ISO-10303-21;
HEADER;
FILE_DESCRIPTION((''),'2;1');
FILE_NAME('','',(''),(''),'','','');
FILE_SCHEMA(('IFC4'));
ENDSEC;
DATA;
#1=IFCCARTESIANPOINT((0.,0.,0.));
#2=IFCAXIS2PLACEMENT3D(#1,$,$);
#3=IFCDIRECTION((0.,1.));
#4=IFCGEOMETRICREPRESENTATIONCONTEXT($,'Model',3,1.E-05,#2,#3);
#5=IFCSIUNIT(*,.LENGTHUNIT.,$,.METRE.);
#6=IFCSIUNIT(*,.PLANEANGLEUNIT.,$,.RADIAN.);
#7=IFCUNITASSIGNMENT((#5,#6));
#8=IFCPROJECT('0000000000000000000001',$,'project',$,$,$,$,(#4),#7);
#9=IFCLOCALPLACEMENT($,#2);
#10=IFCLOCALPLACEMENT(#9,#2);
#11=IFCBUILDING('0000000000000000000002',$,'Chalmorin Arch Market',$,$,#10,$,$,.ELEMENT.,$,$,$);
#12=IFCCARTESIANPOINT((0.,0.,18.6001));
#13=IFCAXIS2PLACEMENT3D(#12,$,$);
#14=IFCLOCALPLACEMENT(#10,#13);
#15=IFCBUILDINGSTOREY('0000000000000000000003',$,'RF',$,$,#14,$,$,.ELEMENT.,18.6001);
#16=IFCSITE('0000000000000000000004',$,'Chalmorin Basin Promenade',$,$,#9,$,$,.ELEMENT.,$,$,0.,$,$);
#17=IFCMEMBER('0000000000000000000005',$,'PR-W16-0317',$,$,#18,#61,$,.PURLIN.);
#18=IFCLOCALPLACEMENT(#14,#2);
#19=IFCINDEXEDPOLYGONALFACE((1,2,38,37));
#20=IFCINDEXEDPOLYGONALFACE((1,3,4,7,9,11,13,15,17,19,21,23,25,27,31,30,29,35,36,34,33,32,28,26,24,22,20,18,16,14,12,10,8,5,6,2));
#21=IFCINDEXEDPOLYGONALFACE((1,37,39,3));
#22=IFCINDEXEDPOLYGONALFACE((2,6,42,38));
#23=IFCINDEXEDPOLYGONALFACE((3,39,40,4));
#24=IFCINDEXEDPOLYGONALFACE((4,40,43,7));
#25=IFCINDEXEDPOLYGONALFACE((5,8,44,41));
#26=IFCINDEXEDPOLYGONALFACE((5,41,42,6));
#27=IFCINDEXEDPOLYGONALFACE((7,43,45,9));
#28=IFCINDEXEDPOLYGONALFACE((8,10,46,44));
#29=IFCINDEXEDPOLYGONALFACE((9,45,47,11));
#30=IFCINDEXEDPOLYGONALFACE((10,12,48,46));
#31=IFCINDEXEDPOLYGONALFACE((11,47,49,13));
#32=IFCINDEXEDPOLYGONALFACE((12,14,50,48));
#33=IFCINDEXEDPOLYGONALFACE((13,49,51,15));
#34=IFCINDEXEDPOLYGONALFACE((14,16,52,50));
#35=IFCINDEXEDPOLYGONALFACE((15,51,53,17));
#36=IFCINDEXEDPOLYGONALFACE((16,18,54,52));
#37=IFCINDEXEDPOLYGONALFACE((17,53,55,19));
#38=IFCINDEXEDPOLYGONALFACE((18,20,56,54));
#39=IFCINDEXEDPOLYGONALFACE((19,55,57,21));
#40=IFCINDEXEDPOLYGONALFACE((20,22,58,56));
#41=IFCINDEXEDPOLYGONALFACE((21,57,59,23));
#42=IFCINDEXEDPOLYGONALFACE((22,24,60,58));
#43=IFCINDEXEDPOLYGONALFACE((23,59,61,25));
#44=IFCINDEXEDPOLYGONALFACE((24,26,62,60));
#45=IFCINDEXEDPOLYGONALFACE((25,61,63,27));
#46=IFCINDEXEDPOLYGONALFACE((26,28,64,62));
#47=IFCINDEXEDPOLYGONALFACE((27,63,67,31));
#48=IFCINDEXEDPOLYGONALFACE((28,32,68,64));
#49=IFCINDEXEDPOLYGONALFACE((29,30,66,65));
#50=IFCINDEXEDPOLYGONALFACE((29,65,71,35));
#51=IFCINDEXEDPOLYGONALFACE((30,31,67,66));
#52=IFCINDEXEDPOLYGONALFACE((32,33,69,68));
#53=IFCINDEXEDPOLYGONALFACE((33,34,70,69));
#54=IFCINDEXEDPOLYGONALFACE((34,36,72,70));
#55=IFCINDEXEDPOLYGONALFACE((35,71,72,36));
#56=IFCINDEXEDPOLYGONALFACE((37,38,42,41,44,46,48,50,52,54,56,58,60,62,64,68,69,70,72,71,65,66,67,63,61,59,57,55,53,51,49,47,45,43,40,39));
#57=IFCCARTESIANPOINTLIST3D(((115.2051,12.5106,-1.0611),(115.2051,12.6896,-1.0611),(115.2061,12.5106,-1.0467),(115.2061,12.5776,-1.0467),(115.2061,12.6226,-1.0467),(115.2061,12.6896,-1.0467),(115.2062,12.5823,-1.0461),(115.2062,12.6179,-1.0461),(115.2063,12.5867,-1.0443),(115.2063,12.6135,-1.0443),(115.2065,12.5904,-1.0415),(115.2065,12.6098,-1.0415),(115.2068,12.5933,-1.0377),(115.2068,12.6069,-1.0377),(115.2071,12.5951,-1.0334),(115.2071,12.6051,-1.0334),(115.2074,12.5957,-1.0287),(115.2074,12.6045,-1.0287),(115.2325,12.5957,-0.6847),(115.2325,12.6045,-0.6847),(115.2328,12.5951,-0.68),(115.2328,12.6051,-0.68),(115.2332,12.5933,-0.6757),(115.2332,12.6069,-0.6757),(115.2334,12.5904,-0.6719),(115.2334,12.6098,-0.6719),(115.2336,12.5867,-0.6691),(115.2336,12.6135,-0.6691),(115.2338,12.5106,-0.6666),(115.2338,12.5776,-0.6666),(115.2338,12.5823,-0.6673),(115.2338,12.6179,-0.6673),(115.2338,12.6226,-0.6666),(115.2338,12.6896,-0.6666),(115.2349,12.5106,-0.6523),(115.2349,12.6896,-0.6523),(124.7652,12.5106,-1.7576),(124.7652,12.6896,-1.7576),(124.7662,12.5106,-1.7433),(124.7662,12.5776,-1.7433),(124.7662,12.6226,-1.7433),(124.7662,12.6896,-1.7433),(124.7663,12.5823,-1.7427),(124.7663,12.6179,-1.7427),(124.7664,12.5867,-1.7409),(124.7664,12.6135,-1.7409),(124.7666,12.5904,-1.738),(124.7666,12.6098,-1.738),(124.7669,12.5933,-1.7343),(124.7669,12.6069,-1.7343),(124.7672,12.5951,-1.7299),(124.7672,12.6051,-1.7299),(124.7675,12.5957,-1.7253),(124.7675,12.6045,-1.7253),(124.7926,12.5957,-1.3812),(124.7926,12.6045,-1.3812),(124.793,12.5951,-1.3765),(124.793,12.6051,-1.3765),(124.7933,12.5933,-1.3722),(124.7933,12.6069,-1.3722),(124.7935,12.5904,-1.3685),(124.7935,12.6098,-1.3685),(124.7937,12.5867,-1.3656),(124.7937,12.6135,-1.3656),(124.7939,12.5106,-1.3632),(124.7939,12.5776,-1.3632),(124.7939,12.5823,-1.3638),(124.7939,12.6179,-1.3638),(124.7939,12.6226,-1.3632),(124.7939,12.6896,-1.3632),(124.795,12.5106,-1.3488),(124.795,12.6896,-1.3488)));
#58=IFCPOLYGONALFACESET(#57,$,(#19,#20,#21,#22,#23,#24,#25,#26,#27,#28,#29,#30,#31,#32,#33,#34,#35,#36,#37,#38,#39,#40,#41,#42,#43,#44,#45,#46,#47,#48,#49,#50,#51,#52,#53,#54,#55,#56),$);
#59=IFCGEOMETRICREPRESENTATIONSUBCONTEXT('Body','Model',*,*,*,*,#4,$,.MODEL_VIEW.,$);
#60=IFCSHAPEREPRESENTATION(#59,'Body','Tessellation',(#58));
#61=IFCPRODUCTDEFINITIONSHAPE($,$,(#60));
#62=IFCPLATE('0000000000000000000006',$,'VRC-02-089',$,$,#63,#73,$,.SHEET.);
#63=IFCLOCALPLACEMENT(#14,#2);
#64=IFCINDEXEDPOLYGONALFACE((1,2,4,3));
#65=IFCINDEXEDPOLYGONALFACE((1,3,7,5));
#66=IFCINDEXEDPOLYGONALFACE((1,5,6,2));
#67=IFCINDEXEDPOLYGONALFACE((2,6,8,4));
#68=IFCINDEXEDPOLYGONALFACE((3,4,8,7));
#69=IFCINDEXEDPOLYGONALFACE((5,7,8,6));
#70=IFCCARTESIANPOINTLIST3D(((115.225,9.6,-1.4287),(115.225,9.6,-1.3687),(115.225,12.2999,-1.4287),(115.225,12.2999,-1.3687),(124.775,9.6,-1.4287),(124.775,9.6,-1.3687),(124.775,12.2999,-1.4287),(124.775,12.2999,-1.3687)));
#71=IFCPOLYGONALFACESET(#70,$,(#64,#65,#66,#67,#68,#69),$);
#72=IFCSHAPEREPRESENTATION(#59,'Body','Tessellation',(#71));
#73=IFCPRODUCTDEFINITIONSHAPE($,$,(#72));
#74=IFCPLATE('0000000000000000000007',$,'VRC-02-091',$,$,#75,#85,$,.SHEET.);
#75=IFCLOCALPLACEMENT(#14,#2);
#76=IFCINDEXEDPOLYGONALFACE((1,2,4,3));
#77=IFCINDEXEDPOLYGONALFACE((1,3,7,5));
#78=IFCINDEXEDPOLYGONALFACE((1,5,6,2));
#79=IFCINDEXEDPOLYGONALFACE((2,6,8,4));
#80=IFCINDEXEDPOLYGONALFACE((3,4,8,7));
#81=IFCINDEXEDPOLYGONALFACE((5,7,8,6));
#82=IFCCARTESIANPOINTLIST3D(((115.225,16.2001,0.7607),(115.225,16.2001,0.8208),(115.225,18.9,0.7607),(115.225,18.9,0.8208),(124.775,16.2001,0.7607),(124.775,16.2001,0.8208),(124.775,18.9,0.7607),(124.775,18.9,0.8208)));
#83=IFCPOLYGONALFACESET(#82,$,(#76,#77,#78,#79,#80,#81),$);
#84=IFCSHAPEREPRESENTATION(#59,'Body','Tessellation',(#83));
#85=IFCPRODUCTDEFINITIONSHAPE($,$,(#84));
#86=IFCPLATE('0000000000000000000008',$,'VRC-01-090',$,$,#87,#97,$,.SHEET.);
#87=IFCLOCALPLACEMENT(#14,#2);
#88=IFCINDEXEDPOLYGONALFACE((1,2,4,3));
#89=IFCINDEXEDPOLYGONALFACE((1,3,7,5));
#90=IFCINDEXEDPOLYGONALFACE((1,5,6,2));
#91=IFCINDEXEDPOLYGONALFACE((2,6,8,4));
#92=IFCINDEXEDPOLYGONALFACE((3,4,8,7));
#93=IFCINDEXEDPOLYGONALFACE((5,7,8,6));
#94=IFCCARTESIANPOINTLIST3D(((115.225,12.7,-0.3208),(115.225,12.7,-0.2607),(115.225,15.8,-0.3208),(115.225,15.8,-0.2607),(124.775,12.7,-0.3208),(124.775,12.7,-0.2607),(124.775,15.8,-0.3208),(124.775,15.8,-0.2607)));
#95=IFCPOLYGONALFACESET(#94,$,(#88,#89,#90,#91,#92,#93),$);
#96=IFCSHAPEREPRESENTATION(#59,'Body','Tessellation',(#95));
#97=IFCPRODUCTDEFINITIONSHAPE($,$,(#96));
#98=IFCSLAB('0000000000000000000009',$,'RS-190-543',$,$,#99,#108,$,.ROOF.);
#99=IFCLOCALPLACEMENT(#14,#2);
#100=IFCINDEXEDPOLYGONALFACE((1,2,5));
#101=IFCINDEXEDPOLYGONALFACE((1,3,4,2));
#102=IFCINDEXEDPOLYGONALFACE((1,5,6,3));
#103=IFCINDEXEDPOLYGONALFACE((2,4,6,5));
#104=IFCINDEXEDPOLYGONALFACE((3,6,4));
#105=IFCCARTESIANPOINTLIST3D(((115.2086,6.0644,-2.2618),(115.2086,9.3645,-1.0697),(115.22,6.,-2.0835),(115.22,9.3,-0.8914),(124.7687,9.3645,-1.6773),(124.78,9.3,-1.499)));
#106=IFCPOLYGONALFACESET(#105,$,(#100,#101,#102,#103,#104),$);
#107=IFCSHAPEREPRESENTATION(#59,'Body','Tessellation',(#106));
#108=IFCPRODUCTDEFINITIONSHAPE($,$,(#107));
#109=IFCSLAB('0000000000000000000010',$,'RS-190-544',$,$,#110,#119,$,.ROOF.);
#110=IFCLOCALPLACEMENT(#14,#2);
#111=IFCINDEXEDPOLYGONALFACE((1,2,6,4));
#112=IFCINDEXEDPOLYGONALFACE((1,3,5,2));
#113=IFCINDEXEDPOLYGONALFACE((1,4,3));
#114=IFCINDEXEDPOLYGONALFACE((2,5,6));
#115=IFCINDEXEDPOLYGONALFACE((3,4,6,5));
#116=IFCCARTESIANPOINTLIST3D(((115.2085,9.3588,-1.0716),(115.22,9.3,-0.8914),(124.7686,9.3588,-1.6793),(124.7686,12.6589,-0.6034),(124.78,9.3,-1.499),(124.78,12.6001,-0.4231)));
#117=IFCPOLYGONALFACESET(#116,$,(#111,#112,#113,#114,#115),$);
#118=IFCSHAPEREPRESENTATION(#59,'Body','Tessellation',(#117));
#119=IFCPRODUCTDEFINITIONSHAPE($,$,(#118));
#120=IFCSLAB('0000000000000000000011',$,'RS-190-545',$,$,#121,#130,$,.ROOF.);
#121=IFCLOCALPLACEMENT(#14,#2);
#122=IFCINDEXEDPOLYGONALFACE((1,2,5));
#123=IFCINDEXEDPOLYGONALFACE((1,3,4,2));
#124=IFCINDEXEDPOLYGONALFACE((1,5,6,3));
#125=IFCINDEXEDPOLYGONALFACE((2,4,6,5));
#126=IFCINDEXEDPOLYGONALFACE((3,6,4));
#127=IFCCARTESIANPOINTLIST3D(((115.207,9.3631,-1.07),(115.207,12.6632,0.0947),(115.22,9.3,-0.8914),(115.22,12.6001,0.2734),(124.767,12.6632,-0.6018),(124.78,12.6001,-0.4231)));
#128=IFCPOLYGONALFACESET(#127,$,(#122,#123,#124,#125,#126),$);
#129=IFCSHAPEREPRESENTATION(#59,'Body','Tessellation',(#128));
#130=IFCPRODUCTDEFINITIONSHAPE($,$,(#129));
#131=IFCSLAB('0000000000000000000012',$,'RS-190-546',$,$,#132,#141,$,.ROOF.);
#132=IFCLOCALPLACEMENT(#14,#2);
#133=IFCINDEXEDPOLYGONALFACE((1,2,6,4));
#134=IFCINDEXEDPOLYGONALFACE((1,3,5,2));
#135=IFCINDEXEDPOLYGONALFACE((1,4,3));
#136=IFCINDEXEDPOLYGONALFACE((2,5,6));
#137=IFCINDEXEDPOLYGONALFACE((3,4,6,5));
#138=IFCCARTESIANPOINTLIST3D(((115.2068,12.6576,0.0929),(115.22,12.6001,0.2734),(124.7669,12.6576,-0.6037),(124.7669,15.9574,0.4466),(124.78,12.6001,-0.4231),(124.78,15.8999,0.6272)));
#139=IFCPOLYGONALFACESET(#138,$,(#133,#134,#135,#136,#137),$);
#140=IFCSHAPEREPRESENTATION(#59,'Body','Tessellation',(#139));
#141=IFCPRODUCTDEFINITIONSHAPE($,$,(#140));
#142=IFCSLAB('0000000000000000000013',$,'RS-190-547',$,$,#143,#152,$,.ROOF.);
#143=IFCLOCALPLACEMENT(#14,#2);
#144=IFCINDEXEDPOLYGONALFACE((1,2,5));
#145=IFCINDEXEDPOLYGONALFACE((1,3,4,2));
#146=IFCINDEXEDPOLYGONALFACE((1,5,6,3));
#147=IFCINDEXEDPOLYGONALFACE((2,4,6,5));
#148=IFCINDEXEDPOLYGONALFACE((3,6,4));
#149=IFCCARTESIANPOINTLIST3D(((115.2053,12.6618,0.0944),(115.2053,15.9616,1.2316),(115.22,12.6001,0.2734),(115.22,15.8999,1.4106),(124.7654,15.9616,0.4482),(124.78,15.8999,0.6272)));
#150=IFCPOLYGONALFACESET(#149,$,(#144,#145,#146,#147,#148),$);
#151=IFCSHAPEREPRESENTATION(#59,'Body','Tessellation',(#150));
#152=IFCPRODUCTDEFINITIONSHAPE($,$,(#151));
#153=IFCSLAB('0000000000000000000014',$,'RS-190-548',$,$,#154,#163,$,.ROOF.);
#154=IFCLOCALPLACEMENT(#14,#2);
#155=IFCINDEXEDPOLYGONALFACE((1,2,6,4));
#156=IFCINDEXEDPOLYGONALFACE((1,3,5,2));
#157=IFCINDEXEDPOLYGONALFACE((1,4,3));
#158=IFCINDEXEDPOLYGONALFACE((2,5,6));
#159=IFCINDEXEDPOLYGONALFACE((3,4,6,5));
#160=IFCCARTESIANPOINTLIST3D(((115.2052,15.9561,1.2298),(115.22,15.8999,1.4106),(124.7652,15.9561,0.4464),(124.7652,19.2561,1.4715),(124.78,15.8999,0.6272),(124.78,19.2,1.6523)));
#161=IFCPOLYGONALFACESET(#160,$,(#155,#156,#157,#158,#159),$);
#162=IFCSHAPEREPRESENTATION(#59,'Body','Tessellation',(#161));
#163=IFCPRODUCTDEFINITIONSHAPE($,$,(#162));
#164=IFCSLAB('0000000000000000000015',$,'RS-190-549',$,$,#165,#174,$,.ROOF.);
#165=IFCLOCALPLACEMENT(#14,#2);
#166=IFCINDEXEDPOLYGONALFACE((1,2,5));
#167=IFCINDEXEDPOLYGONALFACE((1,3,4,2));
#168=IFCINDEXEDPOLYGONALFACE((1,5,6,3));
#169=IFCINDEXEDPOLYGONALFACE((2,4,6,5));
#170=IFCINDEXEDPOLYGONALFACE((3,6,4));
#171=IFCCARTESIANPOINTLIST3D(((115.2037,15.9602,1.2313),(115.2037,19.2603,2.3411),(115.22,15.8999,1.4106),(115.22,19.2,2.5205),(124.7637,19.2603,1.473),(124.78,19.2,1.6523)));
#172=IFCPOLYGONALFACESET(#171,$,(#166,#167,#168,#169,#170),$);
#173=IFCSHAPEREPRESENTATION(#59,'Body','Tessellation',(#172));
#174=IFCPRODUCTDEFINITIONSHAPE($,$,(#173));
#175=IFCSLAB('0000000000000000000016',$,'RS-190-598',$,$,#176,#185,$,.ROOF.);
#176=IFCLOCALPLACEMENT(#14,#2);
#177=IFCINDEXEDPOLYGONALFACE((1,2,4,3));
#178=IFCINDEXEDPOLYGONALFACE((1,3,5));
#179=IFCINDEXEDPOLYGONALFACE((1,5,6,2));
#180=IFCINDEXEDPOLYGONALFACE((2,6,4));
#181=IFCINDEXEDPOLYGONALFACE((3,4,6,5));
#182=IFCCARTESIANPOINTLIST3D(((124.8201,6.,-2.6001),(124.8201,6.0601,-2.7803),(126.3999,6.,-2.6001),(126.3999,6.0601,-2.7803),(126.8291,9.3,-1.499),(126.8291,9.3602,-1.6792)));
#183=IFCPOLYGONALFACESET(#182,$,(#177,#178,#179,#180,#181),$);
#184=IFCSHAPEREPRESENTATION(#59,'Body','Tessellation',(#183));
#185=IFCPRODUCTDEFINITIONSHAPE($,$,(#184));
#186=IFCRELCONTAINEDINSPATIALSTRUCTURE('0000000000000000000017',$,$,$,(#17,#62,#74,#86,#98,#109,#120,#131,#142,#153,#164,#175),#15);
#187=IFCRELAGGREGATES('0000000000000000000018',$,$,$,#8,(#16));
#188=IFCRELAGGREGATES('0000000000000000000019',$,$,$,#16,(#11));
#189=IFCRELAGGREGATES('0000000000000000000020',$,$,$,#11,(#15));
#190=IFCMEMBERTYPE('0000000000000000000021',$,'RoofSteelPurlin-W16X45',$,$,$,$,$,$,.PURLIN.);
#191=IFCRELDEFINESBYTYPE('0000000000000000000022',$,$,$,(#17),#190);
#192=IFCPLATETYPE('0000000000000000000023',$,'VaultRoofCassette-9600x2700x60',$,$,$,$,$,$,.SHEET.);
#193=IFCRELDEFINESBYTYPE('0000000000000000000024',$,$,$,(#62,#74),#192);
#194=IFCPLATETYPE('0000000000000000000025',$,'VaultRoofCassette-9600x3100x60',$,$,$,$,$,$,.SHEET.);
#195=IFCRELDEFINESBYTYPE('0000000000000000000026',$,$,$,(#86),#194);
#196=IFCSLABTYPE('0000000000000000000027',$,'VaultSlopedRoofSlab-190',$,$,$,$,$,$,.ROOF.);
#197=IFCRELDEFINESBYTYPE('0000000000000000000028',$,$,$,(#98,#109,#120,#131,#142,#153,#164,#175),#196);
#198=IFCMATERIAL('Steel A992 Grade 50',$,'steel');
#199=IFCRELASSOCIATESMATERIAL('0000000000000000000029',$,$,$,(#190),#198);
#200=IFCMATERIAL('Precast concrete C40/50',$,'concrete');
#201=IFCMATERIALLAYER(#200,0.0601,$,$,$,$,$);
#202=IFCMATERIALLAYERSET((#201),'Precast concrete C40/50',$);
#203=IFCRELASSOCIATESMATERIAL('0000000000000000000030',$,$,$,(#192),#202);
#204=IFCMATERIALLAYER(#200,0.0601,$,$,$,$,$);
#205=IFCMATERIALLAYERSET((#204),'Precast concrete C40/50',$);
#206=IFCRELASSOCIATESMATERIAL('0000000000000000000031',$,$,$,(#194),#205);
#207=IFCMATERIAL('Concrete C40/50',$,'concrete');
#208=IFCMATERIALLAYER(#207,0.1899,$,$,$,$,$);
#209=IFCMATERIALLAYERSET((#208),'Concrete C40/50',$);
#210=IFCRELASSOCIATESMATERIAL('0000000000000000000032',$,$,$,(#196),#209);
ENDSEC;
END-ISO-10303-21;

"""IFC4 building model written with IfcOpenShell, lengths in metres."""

from ifc_helpers import new_model, si_unit, direction, frame, origin, origin_2d, place, context, subcontext, project, spatial, polyline, rectangle, i_section, outline, extrude, material, layer, layer_set, material_profile, profile_set, type_object, element, save


model = new_model("IFC4")

# Units and contexts
model_context = context("Model", 3, precision=1e-05, world=origin(), true_north=direction((0.0, 1.0)))
body_context = subcontext(model_context, "Body", "Model", "MODEL_VIEW")
ifc_project = project(units=[si_unit("LENGTHUNIT", "METRE"), si_unit("PLANEANGLEUNIT", "RADIAN")], contexts=[model_context])

# Site, building, storey
site_placement = place(None, origin())
site = spatial("IfcSite", under=ifc_project, at=site_placement, Name="Chalmorin Basin Promenade", CompositionType="ELEMENT", RefElevation=0.0)
building_placement = place(site_placement, origin())
building = spatial("IfcBuilding", under=site, at=building_placement, Name="Chalmorin Arch Market", CompositionType="ELEMENT")
storey_placement = place(building_placement, frame((0.0, 0.0, 18.6001)))
storey = spatial("IfcBuildingStorey", under=building, at=storey_placement, Name="RF", CompositionType="ELEMENT", Elevation=18.6001)

# Member
ifc_material_1 = material(Name="Steel A992 Grade 50", Category="steel")
ifc_material_profile_1 = material_profile(ifc_material_1, i_section(OverallWidth=0.179, OverallDepth=0.4099, WebThickness=0.0088, FlangeThickness=0.0144, FilletRadius=0.0181, at=origin_2d()), Name="W16X45")
ifc_profile_set_1 = profile_set([ifc_material_profile_1], Name="Steel A992 Grade 50")
member_type_1 = type_object("IfcMemberType", Name="RoofSteelPurlin-W16X45", PredefinedType="PURLIN", material=ifc_profile_set_1)
member_1_placement = place(storey_placement, frame((115.22, 12.6001, -0.8567), z_axis=(0.997356, 0.0, -0.072666), x_axis=(0.0, 1.0, 0.0)))
element("IfcMember", 1, at=member_1_placement, inside=storey, type_object=member_type_1, Name="PR-W16-0317", PredefinedType="PURLIN", context=body_context, shape_type="SweptSolid", body=[
    extrude(i_section(OverallWidth=0.179, OverallDepth=0.4099, WebThickness=0.0088, FlangeThickness=0.0144, FilletRadius=0.0181, at=origin_2d()), origin(), (0.0, 0.0, 1.0), 9.5854),
])

# Plates
ifc_material_2 = material(Name="Precast concrete C40/50", Category="concrete")
ifc_layer_1 = layer(ifc_material_2, 0.0601)
ifc_layer_set_1 = layer_set([ifc_layer_1], Name="Precast concrete C40/50")
plate_type_1 = type_object("IfcPlateType", Name="VaultRoofCassette-9600x2700x60", PredefinedType="SHEET", material=ifc_layer_set_1)
for number, where, z_axis, x_axis, name in (
    (2, (120.0, 10.95, -1.4287), (0.0, 0.0, 1.0), (1.0, 0.0, 0.0), "VRC-02-089"),
    (3, (120.0, 17.55, 0.7607), (0.0, 0.0, 1.0), (1.0, 0.0, 0.0), "VRC-02-091"),
):
    element("IfcPlate", number, at=place(storey_placement, frame(where, z_axis=z_axis, x_axis=x_axis)), inside=storey, type_object=plate_type_1, Name=name, PredefinedType="SHEET", context=body_context, shape_type="SweptSolid", body=[
        extrude(rectangle(XDim=9.55, YDim=2.7, at=origin_2d()), origin(), (0.0, 0.0, 1.0), 0.0601),
    ])
ifc_layer_2 = layer(ifc_material_2, 0.0601)
ifc_layer_set_2 = layer_set([ifc_layer_2], Name="Precast concrete C40/50")
plate_type_2 = type_object("IfcPlateType", Name="VaultRoofCassette-9600x3100x60", PredefinedType="SHEET", material=ifc_layer_set_2)
plate_placement = place(storey_placement, frame((120.0, 14.25, -0.3208), z_axis=(0.0, 0.0, 1.0), x_axis=(1.0, 0.0, 0.0)))
element("IfcPlate", 4, at=plate_placement, inside=storey, type_object=plate_type_2, Name="VRC-01-090", PredefinedType="SHEET", context=body_context, shape_type="SweptSolid", body=[
    extrude(rectangle(XDim=9.55, YDim=3.1001, at=origin_2d()), origin(), (0.0, 0.0, 1.0), 0.0601),
])

# Slabs
ifc_material_3 = material(Name="Concrete C40/50", Category="concrete")
ifc_layer_3 = layer(ifc_material_3, 0.1899)
ifc_layer_set_3 = layer_set([ifc_layer_3], Name="Concrete C40/50")
slab_type = type_object("IfcSlabType", Name="VaultSlopedRoofSlab-190", PredefinedType="ROOF", material=ifc_layer_set_3)
slab_1_placement = place(storey_placement, frame((115.22, 6.0, -2.0835), z_axis=(0.059675, -0.339154, 0.938836), x_axis=(0.943692, 0.325754, 0.057694)))
element("IfcSlab", 5, at=slab_1_placement, inside=storey, type_object=slab_type, Name="RS-190-543", PredefinedType="ROOF", context=body_context, shape_type="SweptSolid", body=[
    extrude(outline(polyline([(0.0, 0.0), (10.1305, 0.0), (1.1438, 3.3171), (0.0, 0.0)])), origin(), (0.0, 0.0, -1.0), 0.1899),
])
slab_2_placement = place(storey_placement, frame((115.22, 9.3, -0.8914), z_axis=(0.060322, -0.309411, 0.949013), x_axis=(0.997986, 0.0, -0.063435)))
element("IfcSlab", 6, at=slab_2_placement, inside=storey, type_object=slab_type, Name="RS-190-544", PredefinedType="ROOF", context=body_context, shape_type="SweptSolid", body=[
    extrude(outline(polyline([(0.0, 0.0), (9.5794, 0.0), (9.5111, 3.4703), (0.0, 0.0)])), origin(), (0.0, 0.0, -1.0), 0.1899),
])
slab_3_placement = place(storey_placement, frame((115.22, 9.3, -0.8914), z_axis=(0.068543, -0.332056, 0.940766), x_axis=(0.944255, 0.325949, 0.046251)))
element("IfcSlab", 7, at=slab_3_placement, inside=storey, type_object=slab_type, Name="RS-190-545", PredefinedType="ROOF", context=body_context, shape_type="SweptSolid", body=[
    extrude(outline(polyline([(0.0, 0.0), (10.1244, 0.0), (1.1295, 3.3123), (0.0, 0.0)])), origin(), (0.0, 0.0, -1.0), 0.1899),
])
slab_4_placement = place(storey_placement, frame((115.22, 12.6001, 0.2734), z_axis=(0.06926, -0.302568, 0.950608), x_axis=(0.997356, 0.0, -0.072666)))
element("IfcSlab", 8, at=slab_4_placement, inside=storey, type_object=slab_type, Name="RS-190-546", PredefinedType="ROOF", context=body_context, shape_type="SweptSolid", body=[
    extrude(outline(polyline([(0.0, 0.0), (9.5854, 0.0), (9.5091, 3.4621), (0.0, 0.0)])), origin(), (0.0, 0.0, -1.0), 0.1899),
])
slab_5_placement = place(storey_placement, frame((115.22, 12.6001, 0.2734), z_axis=(0.077247, -0.324849, 0.942606), x_axis=(0.944697, 0.326077, 0.034957)))
element("IfcSlab", 9, at=slab_5_placement, inside=storey, type_object=slab_type, Name="RS-190-547", PredefinedType="ROOF", context=body_context, shape_type="SweptSolid", body=[
    extrude(outline(polyline([(0.0, 0.0), (10.1197, 0.0), (1.1157, 3.3071), (0.0, 0.0)])), origin(), (0.0, 0.0, -1.0), 0.1899),
])
slab_6_placement = place(storey_placement, frame((115.22, 15.8999, 1.4106), z_axis=(0.078022, -0.295757, 0.952072), x_axis=(0.996659, 0.0, -0.081676)))
element("IfcSlab", 10, at=slab_6_placement, inside=storey, type_object=slab_type, Name="RS-190-548", PredefinedType="ROOF", context=body_context, shape_type="SweptSolid", body=[
    extrude(outline(polyline([(0.0, 0.0), (9.5921, 0.0), (9.5084, 3.4546), (0.0, 0.0)])), origin(), (0.0, 0.0, -1.0), 0.1899),
])
slab_7_placement = place(storey_placement, frame((115.22, 15.8999, 1.4106), z_axis=(0.085757, -0.317598, 0.94434), x_axis=(0.944997, 0.326205, 0.023892)))
element("IfcSlab", 11, at=slab_7_placement, inside=storey, type_object=slab_type, Name="RS-190-549", PredefinedType="ROOF", context=body_context, shape_type="SweptSolid", body=[
    extrude(outline(polyline([(0.0, 0.0), (10.1165, 0.0), (1.103, 3.3023), (0.0, 0.0)])), origin(), (0.0, 0.0, -1.0), 0.1899),
])
slab_8_placement = place(storey_placement, frame((124.8201, 6.0, -2.6001), z_axis=(0.0, -0.316501, 0.948592), x_axis=(1.0, 0.0, 0.0)))
element("IfcSlab", 12, at=slab_8_placement, inside=storey, type_object=slab_type, Name="RS-190-598", PredefinedType="ROOF", context=body_context, shape_type="SweptSolid", body=[
    extrude(outline(polyline([(0.0, 0.0), (1.5798, 0.0), (2.009, 3.4789), (0.0, 0.0)])), origin(), (0.0, 0.0, -1.0), 0.1899),
])

save(model, "model.ifc")
